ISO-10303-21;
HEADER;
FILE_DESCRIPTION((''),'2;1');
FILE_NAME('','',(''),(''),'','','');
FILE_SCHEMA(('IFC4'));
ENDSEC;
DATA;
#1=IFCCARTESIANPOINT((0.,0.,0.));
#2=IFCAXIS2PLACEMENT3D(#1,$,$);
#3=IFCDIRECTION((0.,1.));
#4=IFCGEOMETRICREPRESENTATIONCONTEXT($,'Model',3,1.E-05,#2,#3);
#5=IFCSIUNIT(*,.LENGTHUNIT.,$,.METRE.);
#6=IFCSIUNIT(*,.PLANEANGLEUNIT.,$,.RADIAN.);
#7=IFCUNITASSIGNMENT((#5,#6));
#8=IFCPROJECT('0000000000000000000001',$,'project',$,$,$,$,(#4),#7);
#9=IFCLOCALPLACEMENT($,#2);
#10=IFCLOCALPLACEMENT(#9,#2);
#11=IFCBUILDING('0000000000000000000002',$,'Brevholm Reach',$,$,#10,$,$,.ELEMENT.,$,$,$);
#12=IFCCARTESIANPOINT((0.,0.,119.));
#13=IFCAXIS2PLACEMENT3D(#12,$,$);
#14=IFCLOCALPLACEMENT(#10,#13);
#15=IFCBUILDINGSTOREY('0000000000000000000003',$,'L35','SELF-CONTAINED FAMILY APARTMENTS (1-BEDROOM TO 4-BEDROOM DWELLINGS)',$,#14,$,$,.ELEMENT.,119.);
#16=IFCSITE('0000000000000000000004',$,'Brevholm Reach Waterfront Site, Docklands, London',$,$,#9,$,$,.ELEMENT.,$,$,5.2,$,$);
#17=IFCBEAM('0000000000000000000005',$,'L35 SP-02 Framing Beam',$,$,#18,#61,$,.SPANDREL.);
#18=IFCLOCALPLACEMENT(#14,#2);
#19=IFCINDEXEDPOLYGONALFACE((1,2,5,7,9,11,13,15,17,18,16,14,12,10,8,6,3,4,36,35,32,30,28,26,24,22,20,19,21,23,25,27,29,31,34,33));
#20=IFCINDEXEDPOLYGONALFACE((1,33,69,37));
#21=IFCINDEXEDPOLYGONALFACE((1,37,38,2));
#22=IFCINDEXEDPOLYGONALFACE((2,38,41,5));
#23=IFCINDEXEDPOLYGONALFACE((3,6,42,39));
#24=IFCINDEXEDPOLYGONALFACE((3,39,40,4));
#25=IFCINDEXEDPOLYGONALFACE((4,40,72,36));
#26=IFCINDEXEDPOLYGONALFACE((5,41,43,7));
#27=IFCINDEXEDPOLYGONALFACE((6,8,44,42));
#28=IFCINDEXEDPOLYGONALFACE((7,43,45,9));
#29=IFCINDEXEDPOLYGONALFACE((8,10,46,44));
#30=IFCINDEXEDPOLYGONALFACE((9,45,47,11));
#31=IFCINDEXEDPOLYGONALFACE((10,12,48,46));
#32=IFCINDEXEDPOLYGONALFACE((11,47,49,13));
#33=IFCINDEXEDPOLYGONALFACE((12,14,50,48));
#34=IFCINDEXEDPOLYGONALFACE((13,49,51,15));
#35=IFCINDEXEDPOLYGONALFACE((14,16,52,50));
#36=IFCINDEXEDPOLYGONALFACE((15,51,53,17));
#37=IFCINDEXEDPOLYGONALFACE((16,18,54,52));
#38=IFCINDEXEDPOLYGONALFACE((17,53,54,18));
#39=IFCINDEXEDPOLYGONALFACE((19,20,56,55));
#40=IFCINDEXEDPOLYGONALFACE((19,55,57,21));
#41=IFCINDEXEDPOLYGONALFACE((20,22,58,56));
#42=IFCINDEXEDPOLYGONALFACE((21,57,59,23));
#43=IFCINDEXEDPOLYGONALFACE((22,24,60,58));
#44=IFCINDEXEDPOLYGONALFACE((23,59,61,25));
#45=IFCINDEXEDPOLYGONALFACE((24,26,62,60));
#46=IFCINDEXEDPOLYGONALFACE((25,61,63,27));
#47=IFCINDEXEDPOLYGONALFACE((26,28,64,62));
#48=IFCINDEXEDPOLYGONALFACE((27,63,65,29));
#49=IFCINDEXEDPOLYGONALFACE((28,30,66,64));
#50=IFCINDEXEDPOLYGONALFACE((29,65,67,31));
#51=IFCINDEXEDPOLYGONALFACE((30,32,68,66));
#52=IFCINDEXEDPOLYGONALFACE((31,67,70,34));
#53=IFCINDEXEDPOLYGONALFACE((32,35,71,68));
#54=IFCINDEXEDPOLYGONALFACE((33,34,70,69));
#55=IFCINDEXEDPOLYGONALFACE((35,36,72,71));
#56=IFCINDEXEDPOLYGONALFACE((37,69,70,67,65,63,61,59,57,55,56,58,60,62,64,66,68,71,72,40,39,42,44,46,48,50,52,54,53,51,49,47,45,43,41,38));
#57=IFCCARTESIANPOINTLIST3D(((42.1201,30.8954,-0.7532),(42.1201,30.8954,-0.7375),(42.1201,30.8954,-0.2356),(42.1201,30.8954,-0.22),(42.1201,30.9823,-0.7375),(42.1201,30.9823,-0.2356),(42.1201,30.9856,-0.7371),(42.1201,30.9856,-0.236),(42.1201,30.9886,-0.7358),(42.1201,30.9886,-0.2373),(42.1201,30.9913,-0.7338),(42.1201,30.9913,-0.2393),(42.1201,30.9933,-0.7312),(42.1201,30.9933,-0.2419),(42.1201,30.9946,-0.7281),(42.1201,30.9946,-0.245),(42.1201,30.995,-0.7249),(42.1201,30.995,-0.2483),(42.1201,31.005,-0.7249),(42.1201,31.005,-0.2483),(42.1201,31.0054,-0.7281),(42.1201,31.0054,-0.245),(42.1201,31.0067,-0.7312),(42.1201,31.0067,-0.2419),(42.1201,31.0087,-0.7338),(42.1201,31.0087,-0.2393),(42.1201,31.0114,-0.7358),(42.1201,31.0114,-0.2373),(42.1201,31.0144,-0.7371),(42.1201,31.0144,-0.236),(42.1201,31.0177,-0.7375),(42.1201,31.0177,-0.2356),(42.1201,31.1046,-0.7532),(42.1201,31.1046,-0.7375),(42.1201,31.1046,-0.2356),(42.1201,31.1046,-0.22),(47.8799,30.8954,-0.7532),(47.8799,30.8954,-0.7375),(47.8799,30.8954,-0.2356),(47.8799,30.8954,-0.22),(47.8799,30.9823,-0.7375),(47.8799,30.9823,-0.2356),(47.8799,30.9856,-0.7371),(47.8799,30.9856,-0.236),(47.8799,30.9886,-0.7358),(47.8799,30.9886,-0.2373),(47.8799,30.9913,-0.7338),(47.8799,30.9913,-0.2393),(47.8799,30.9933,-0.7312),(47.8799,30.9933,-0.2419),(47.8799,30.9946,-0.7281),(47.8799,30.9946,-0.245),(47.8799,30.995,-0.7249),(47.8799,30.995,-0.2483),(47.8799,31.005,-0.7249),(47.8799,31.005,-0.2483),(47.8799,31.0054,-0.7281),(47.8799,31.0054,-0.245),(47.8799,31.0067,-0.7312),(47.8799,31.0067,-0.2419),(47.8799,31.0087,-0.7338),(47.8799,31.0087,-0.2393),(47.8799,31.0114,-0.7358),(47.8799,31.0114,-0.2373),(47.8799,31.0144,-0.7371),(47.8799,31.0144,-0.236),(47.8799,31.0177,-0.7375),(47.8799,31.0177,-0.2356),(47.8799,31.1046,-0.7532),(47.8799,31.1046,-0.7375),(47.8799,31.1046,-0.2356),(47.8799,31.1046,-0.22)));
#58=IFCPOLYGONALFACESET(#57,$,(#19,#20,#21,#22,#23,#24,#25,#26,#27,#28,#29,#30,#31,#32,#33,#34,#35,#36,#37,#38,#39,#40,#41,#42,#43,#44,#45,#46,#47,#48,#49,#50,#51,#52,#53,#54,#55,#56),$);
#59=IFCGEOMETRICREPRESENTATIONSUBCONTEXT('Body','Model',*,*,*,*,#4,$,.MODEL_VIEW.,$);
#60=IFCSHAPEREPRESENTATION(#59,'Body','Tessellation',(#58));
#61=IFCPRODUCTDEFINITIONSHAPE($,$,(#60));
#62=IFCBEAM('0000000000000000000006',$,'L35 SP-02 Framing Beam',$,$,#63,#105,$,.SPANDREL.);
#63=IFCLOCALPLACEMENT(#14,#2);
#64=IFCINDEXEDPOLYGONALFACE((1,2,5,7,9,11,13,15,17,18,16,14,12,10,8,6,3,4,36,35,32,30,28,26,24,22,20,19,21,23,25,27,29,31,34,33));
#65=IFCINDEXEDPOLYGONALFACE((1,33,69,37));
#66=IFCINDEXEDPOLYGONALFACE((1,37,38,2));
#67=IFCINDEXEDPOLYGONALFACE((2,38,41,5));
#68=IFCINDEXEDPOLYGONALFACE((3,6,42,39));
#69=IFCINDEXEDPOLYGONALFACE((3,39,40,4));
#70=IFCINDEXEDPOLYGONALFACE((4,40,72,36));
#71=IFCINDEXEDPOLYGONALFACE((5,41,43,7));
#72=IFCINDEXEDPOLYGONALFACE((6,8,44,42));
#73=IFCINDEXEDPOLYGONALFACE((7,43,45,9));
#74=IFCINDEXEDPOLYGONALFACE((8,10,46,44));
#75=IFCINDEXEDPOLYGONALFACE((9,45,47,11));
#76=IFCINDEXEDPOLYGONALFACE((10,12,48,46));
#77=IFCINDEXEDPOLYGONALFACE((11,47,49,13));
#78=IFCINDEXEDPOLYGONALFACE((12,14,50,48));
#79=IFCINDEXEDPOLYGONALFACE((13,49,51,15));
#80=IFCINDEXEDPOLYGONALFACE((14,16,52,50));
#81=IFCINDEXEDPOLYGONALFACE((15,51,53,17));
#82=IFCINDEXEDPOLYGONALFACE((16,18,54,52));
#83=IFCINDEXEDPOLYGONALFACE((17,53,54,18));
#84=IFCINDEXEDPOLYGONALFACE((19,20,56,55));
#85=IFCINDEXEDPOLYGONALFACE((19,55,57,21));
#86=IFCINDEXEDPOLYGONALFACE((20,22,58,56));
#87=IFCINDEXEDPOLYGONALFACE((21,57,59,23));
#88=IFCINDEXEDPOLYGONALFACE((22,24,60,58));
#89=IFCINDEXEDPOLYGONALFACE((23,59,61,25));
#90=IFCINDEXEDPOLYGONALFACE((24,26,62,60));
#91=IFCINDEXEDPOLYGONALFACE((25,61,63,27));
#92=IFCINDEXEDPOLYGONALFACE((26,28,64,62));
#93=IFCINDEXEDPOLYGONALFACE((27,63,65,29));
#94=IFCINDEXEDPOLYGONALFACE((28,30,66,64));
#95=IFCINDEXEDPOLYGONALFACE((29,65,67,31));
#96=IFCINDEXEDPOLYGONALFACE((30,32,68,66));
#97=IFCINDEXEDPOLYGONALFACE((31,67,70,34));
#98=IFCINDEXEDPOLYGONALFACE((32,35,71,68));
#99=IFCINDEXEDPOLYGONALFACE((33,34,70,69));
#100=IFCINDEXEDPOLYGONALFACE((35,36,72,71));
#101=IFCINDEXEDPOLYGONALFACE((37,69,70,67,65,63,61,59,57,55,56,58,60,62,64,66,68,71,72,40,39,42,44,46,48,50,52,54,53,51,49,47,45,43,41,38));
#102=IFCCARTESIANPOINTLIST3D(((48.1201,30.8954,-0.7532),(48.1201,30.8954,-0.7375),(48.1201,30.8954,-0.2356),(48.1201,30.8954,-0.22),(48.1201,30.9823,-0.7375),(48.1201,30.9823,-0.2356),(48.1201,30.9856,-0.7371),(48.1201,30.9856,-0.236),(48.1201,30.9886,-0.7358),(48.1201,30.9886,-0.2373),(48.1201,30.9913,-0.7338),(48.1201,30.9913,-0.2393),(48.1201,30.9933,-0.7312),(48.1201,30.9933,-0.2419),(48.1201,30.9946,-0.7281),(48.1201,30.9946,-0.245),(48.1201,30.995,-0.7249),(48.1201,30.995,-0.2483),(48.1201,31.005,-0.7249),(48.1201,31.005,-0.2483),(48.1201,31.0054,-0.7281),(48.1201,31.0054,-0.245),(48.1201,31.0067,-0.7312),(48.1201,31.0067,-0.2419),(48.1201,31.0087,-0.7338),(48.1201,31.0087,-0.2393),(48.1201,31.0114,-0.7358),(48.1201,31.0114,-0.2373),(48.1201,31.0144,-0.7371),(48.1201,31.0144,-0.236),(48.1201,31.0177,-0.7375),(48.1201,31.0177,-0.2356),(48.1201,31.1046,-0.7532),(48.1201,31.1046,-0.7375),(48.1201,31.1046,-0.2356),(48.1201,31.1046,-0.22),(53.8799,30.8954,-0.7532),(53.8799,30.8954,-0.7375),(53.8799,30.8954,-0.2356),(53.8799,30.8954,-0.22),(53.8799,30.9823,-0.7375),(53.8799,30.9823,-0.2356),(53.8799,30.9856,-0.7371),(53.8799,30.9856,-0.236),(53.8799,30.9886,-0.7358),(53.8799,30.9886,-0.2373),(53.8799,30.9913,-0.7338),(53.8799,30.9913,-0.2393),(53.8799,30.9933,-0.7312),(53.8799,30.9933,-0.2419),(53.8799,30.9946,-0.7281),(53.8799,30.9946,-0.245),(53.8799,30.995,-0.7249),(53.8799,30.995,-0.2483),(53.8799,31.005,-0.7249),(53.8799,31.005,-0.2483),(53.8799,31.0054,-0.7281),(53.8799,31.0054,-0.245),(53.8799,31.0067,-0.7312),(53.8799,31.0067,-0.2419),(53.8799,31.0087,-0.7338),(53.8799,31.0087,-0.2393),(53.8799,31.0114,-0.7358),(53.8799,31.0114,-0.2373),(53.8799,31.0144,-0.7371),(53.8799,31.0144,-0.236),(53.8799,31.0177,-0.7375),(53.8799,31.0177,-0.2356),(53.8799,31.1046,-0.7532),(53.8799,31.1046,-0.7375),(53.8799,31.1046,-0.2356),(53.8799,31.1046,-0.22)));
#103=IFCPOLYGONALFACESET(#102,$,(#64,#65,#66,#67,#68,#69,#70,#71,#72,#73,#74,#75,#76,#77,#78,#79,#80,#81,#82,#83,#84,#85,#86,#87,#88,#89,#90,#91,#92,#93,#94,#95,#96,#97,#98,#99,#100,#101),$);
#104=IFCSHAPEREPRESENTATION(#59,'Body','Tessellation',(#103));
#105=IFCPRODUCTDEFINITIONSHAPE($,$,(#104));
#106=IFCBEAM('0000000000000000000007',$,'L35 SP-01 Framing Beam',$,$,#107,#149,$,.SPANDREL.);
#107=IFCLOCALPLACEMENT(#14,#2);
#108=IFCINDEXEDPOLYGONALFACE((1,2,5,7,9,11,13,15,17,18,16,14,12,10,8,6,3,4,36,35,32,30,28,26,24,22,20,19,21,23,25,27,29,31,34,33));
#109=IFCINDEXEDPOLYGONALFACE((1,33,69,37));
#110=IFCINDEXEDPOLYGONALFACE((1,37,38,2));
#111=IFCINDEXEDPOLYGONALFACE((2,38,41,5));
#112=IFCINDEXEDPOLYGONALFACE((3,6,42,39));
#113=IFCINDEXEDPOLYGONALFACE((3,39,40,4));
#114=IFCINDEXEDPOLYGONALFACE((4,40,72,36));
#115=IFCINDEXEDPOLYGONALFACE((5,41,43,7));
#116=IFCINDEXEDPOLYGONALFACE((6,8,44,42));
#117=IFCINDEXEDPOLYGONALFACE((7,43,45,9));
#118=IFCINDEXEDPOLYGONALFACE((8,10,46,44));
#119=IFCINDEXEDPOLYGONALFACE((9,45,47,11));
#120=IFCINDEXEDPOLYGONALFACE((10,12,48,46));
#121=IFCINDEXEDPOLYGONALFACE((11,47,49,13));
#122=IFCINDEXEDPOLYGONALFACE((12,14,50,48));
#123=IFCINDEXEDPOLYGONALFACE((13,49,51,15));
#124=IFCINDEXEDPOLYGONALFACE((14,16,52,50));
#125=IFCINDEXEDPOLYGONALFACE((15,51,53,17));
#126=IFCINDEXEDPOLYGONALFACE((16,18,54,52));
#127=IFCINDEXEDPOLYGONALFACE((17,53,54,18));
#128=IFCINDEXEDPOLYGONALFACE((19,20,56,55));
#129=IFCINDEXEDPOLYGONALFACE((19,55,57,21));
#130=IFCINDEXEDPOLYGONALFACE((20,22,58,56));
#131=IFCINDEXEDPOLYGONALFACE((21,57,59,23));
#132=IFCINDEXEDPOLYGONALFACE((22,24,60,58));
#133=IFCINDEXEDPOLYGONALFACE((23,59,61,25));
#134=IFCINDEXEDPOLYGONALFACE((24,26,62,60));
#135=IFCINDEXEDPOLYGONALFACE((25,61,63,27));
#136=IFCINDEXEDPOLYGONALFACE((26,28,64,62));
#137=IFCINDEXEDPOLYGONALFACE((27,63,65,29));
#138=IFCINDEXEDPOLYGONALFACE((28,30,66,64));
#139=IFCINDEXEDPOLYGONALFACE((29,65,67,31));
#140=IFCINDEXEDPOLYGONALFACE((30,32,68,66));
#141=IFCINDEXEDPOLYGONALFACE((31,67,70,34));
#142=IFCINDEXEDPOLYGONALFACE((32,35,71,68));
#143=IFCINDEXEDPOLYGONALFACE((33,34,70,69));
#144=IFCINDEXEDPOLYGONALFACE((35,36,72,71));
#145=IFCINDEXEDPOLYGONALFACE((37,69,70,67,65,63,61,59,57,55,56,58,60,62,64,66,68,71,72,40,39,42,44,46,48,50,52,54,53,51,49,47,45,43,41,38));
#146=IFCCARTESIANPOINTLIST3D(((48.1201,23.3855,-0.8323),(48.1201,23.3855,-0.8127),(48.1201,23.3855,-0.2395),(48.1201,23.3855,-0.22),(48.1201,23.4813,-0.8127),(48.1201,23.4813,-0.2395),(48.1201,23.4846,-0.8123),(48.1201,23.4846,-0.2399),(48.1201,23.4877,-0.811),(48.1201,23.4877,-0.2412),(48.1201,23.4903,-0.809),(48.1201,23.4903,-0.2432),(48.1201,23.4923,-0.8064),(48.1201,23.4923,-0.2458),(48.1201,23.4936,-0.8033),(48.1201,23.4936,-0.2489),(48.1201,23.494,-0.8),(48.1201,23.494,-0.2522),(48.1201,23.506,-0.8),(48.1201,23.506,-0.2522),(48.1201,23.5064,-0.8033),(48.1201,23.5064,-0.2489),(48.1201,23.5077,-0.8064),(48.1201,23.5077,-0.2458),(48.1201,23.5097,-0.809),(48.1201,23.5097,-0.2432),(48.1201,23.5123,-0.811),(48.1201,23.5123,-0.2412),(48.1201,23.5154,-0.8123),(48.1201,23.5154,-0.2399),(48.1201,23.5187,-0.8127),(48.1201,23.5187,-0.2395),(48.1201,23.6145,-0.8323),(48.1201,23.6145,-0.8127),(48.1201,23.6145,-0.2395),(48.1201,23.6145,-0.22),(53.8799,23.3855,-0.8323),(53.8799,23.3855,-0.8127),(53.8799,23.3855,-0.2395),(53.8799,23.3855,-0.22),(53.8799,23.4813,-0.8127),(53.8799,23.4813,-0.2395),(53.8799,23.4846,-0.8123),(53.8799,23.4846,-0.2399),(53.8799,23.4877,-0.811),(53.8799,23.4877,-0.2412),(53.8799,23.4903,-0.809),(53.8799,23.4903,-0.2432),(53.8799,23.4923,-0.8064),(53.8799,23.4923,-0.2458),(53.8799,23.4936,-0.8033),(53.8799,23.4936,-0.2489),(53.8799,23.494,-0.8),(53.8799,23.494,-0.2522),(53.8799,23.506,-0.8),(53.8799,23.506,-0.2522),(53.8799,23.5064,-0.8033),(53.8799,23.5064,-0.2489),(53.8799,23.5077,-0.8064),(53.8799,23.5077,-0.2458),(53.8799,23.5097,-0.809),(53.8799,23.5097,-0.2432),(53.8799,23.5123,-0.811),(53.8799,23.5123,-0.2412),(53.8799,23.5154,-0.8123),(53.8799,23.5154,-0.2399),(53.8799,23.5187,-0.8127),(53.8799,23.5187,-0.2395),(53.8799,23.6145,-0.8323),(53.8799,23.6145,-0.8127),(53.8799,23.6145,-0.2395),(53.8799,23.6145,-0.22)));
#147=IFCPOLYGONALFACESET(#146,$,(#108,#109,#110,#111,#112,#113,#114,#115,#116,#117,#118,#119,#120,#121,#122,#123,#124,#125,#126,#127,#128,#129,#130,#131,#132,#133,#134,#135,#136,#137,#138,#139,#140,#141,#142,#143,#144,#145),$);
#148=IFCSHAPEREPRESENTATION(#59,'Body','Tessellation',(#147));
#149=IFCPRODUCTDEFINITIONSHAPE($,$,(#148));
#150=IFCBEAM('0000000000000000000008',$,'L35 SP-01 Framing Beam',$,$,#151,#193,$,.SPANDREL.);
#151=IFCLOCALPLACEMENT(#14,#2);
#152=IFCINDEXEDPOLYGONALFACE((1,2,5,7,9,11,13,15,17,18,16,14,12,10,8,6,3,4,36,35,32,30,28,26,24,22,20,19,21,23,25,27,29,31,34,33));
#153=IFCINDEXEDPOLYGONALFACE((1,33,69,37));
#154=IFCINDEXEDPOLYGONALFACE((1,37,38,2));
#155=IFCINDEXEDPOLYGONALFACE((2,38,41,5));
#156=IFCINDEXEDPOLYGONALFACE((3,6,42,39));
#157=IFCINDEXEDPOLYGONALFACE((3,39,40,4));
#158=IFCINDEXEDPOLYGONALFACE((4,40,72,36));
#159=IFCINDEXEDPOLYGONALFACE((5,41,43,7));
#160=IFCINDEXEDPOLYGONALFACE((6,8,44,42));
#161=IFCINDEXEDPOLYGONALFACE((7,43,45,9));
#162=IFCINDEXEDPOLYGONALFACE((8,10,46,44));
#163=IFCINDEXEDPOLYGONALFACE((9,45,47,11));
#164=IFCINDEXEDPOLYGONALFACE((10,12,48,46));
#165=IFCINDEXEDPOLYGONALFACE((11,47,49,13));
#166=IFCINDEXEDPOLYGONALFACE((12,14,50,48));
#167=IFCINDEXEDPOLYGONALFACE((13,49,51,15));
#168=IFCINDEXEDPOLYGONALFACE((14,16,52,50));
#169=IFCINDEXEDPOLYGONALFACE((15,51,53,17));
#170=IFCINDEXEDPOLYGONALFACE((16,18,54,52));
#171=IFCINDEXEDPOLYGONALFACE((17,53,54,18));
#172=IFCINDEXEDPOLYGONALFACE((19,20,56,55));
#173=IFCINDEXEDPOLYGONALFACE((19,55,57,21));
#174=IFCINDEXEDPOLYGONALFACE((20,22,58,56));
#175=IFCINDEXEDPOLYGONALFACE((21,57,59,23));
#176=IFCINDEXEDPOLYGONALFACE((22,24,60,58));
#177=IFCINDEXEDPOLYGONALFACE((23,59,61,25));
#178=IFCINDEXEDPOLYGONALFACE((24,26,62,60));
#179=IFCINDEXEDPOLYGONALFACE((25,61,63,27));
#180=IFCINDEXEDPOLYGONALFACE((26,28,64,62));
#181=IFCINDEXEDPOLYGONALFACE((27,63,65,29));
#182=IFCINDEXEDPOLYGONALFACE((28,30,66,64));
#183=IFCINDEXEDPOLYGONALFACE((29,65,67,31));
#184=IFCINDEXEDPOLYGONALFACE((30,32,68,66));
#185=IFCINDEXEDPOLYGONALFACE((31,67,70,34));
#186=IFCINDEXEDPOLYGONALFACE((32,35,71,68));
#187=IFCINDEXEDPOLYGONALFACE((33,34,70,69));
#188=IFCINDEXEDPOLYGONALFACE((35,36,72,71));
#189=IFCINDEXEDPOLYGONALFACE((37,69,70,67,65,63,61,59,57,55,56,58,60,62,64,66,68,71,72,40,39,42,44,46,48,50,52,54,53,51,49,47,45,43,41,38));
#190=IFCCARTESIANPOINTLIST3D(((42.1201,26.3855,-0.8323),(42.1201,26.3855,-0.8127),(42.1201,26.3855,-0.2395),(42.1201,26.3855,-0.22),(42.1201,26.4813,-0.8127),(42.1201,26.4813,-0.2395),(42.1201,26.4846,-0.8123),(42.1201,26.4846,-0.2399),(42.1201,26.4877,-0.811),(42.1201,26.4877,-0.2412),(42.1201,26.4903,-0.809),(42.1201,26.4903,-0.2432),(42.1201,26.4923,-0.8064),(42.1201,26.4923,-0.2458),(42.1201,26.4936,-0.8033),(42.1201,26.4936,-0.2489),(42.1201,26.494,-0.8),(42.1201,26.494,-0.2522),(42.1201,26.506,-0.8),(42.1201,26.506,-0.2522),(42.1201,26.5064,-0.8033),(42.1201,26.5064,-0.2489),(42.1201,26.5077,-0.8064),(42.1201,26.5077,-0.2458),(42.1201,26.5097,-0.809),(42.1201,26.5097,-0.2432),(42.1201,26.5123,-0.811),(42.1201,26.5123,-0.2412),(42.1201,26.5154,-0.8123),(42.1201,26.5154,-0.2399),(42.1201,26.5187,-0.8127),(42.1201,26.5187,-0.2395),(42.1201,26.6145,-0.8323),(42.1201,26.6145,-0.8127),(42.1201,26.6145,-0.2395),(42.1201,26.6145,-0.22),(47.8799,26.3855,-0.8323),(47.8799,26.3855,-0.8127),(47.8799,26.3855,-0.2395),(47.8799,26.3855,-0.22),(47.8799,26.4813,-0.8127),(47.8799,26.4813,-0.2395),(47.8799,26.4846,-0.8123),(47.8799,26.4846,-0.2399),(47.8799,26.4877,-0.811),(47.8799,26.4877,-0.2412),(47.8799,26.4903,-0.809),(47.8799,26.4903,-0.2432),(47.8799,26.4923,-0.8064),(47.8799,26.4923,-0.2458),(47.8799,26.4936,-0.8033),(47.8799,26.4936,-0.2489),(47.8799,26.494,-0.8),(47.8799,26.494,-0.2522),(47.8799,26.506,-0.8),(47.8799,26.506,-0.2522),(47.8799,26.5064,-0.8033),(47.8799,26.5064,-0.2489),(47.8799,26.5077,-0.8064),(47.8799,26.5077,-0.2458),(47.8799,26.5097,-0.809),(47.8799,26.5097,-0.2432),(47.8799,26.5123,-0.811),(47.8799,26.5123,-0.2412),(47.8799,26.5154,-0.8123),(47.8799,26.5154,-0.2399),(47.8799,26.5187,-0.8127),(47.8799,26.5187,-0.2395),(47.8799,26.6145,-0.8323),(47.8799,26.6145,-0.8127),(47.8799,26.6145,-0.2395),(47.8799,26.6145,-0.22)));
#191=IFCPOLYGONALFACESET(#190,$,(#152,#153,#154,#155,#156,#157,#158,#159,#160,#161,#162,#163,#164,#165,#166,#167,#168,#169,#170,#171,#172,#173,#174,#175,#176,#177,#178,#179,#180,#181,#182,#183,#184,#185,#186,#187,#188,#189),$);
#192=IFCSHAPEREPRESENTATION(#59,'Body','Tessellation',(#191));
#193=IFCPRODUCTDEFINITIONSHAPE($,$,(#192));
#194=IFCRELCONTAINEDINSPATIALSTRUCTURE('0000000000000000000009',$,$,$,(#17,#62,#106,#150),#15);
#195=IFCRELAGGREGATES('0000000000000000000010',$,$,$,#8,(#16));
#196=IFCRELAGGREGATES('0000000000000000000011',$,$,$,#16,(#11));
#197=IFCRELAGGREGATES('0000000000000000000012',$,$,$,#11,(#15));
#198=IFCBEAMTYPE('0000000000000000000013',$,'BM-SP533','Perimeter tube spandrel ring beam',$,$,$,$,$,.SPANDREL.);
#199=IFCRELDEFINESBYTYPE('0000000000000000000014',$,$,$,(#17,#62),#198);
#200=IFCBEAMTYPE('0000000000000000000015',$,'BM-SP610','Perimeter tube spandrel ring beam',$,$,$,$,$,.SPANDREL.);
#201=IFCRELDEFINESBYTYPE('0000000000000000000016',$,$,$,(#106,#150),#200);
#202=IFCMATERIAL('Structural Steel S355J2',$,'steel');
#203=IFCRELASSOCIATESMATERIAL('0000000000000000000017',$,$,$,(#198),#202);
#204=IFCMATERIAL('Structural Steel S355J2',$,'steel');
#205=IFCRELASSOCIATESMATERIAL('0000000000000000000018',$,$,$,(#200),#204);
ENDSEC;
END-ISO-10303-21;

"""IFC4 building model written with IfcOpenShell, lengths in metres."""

from ifc_helpers import new_model, si_unit, direction, frame, origin, origin_2d, place, context, subcontext, project, spatial, i_section, extrude, material, material_profile, profile_set, type_object, element, save


model = new_model("IFC4")

# Units and contexts
model_context = context("Model", 3, precision=1e-05, world=origin(), true_north=direction((0.0, 1.0)))
body_context = subcontext(model_context, "Body", "Model", "MODEL_VIEW")
ifc_project = project(units=[si_unit("LENGTHUNIT", "METRE"), si_unit("PLANEANGLEUNIT", "RADIAN")], contexts=[model_context])

# Site, building, storey
site_placement = place(None, origin())
site = spatial("IfcSite", under=ifc_project, at=site_placement, Name="Brevholm Reach Waterfront Site, Docklands, London", CompositionType="ELEMENT", RefElevation=5.2)
building_placement = place(site_placement, origin())
building = spatial("IfcBuilding", under=site, at=building_placement, Name="Brevholm Reach", CompositionType="ELEMENT")
storey_placement = place(building_placement, frame((0.0, 0.0, 119.0)))
storey = spatial("IfcBuildingStorey", under=building, at=storey_placement, Name="L35", Description="SELF-CONTAINED FAMILY APARTMENTS (1-BEDROOM TO 4-BEDROOM DWELLINGS)", CompositionType="ELEMENT", Elevation=119.0)

# Beams
ifc_material_1 = material(Name="Structural Steel S355J2", Category="steel")
ifc_material_profile_1 = material_profile(ifc_material_1, i_section(OverallWidth=0.2092, OverallDepth=0.5332, WebThickness=0.01, FlangeThickness=0.0156, FilletRadius=0.0127, at=origin_2d()), Name="UKB 533x210x92")
ifc_profile_set_1 = profile_set([ifc_material_profile_1], Name="Structural Steel S355J2")
beam_type_1 = type_object("IfcBeamType", Name="BM-SP533", Description="Perimeter tube spandrel ring beam", PredefinedType="SPANDREL", material=ifc_profile_set_1)
for number, where, z_axis, x_axis, name in (
    (1, (42.1201, 31.0, -0.4866), (1.0, 0.0, 0.0), (0.0, 1.0, 0.0), "L35 SP-02 Framing Beam"),
    (2, (48.1201, 31.0, -0.4866), (1.0, 0.0, 0.0), (0.0, 1.0, 0.0), "L35 SP-02 Framing Beam"),
):
    element("IfcBeam", number, at=place(storey_placement, frame(where, z_axis=z_axis, x_axis=x_axis)), inside=storey, type_object=beam_type_1, Name=name, PredefinedType="SPANDREL", context=body_context, shape_type="SweptSolid", body=[
        extrude(i_section(OverallWidth=0.2092, OverallDepth=0.5332, WebThickness=0.01, FlangeThickness=0.0156, FilletRadius=0.0127, at=origin_2d()), origin(), (0.0, 0.0, 1.0), 5.7598),
    ])
ifc_material_2 = material(Name="Structural Steel S355J2", Category="steel")
ifc_material_profile_2 = material_profile(ifc_material_2, i_section(OverallWidth=0.229, OverallDepth=0.6123, WebThickness=0.012, FlangeThickness=0.0195, FilletRadius=0.0127, at=origin_2d()), Name="UKB 610x229x125")
ifc_profile_set_2 = profile_set([ifc_material_profile_2], Name="Structural Steel S355J2")
beam_type_2 = type_object("IfcBeamType", Name="BM-SP610", Description="Perimeter tube spandrel ring beam", PredefinedType="SPANDREL", material=ifc_profile_set_2)
for number, where, z_axis, x_axis, name in (
    (3, (48.1201, 23.5, -0.5261), (1.0, 0.0, 0.0), (0.0, 1.0, 0.0), "L35 SP-01 Framing Beam"),
    (4, (42.1201, 26.5, -0.5261), (1.0, 0.0, 0.0), (0.0, 1.0, 0.0), "L35 SP-01 Framing Beam"),
):
    element("IfcBeam", number, at=place(storey_placement, frame(where, z_axis=z_axis, x_axis=x_axis)), inside=storey, type_object=beam_type_2, Name=name, PredefinedType="SPANDREL", context=body_context, shape_type="SweptSolid", body=[
        extrude(i_section(OverallWidth=0.229, OverallDepth=0.6123, WebThickness=0.012, FlangeThickness=0.0195, FilletRadius=0.0127, at=origin_2d()), origin(), (0.0, 0.0, 1.0), 5.7598),
    ])

save(model, "model.ifc")
